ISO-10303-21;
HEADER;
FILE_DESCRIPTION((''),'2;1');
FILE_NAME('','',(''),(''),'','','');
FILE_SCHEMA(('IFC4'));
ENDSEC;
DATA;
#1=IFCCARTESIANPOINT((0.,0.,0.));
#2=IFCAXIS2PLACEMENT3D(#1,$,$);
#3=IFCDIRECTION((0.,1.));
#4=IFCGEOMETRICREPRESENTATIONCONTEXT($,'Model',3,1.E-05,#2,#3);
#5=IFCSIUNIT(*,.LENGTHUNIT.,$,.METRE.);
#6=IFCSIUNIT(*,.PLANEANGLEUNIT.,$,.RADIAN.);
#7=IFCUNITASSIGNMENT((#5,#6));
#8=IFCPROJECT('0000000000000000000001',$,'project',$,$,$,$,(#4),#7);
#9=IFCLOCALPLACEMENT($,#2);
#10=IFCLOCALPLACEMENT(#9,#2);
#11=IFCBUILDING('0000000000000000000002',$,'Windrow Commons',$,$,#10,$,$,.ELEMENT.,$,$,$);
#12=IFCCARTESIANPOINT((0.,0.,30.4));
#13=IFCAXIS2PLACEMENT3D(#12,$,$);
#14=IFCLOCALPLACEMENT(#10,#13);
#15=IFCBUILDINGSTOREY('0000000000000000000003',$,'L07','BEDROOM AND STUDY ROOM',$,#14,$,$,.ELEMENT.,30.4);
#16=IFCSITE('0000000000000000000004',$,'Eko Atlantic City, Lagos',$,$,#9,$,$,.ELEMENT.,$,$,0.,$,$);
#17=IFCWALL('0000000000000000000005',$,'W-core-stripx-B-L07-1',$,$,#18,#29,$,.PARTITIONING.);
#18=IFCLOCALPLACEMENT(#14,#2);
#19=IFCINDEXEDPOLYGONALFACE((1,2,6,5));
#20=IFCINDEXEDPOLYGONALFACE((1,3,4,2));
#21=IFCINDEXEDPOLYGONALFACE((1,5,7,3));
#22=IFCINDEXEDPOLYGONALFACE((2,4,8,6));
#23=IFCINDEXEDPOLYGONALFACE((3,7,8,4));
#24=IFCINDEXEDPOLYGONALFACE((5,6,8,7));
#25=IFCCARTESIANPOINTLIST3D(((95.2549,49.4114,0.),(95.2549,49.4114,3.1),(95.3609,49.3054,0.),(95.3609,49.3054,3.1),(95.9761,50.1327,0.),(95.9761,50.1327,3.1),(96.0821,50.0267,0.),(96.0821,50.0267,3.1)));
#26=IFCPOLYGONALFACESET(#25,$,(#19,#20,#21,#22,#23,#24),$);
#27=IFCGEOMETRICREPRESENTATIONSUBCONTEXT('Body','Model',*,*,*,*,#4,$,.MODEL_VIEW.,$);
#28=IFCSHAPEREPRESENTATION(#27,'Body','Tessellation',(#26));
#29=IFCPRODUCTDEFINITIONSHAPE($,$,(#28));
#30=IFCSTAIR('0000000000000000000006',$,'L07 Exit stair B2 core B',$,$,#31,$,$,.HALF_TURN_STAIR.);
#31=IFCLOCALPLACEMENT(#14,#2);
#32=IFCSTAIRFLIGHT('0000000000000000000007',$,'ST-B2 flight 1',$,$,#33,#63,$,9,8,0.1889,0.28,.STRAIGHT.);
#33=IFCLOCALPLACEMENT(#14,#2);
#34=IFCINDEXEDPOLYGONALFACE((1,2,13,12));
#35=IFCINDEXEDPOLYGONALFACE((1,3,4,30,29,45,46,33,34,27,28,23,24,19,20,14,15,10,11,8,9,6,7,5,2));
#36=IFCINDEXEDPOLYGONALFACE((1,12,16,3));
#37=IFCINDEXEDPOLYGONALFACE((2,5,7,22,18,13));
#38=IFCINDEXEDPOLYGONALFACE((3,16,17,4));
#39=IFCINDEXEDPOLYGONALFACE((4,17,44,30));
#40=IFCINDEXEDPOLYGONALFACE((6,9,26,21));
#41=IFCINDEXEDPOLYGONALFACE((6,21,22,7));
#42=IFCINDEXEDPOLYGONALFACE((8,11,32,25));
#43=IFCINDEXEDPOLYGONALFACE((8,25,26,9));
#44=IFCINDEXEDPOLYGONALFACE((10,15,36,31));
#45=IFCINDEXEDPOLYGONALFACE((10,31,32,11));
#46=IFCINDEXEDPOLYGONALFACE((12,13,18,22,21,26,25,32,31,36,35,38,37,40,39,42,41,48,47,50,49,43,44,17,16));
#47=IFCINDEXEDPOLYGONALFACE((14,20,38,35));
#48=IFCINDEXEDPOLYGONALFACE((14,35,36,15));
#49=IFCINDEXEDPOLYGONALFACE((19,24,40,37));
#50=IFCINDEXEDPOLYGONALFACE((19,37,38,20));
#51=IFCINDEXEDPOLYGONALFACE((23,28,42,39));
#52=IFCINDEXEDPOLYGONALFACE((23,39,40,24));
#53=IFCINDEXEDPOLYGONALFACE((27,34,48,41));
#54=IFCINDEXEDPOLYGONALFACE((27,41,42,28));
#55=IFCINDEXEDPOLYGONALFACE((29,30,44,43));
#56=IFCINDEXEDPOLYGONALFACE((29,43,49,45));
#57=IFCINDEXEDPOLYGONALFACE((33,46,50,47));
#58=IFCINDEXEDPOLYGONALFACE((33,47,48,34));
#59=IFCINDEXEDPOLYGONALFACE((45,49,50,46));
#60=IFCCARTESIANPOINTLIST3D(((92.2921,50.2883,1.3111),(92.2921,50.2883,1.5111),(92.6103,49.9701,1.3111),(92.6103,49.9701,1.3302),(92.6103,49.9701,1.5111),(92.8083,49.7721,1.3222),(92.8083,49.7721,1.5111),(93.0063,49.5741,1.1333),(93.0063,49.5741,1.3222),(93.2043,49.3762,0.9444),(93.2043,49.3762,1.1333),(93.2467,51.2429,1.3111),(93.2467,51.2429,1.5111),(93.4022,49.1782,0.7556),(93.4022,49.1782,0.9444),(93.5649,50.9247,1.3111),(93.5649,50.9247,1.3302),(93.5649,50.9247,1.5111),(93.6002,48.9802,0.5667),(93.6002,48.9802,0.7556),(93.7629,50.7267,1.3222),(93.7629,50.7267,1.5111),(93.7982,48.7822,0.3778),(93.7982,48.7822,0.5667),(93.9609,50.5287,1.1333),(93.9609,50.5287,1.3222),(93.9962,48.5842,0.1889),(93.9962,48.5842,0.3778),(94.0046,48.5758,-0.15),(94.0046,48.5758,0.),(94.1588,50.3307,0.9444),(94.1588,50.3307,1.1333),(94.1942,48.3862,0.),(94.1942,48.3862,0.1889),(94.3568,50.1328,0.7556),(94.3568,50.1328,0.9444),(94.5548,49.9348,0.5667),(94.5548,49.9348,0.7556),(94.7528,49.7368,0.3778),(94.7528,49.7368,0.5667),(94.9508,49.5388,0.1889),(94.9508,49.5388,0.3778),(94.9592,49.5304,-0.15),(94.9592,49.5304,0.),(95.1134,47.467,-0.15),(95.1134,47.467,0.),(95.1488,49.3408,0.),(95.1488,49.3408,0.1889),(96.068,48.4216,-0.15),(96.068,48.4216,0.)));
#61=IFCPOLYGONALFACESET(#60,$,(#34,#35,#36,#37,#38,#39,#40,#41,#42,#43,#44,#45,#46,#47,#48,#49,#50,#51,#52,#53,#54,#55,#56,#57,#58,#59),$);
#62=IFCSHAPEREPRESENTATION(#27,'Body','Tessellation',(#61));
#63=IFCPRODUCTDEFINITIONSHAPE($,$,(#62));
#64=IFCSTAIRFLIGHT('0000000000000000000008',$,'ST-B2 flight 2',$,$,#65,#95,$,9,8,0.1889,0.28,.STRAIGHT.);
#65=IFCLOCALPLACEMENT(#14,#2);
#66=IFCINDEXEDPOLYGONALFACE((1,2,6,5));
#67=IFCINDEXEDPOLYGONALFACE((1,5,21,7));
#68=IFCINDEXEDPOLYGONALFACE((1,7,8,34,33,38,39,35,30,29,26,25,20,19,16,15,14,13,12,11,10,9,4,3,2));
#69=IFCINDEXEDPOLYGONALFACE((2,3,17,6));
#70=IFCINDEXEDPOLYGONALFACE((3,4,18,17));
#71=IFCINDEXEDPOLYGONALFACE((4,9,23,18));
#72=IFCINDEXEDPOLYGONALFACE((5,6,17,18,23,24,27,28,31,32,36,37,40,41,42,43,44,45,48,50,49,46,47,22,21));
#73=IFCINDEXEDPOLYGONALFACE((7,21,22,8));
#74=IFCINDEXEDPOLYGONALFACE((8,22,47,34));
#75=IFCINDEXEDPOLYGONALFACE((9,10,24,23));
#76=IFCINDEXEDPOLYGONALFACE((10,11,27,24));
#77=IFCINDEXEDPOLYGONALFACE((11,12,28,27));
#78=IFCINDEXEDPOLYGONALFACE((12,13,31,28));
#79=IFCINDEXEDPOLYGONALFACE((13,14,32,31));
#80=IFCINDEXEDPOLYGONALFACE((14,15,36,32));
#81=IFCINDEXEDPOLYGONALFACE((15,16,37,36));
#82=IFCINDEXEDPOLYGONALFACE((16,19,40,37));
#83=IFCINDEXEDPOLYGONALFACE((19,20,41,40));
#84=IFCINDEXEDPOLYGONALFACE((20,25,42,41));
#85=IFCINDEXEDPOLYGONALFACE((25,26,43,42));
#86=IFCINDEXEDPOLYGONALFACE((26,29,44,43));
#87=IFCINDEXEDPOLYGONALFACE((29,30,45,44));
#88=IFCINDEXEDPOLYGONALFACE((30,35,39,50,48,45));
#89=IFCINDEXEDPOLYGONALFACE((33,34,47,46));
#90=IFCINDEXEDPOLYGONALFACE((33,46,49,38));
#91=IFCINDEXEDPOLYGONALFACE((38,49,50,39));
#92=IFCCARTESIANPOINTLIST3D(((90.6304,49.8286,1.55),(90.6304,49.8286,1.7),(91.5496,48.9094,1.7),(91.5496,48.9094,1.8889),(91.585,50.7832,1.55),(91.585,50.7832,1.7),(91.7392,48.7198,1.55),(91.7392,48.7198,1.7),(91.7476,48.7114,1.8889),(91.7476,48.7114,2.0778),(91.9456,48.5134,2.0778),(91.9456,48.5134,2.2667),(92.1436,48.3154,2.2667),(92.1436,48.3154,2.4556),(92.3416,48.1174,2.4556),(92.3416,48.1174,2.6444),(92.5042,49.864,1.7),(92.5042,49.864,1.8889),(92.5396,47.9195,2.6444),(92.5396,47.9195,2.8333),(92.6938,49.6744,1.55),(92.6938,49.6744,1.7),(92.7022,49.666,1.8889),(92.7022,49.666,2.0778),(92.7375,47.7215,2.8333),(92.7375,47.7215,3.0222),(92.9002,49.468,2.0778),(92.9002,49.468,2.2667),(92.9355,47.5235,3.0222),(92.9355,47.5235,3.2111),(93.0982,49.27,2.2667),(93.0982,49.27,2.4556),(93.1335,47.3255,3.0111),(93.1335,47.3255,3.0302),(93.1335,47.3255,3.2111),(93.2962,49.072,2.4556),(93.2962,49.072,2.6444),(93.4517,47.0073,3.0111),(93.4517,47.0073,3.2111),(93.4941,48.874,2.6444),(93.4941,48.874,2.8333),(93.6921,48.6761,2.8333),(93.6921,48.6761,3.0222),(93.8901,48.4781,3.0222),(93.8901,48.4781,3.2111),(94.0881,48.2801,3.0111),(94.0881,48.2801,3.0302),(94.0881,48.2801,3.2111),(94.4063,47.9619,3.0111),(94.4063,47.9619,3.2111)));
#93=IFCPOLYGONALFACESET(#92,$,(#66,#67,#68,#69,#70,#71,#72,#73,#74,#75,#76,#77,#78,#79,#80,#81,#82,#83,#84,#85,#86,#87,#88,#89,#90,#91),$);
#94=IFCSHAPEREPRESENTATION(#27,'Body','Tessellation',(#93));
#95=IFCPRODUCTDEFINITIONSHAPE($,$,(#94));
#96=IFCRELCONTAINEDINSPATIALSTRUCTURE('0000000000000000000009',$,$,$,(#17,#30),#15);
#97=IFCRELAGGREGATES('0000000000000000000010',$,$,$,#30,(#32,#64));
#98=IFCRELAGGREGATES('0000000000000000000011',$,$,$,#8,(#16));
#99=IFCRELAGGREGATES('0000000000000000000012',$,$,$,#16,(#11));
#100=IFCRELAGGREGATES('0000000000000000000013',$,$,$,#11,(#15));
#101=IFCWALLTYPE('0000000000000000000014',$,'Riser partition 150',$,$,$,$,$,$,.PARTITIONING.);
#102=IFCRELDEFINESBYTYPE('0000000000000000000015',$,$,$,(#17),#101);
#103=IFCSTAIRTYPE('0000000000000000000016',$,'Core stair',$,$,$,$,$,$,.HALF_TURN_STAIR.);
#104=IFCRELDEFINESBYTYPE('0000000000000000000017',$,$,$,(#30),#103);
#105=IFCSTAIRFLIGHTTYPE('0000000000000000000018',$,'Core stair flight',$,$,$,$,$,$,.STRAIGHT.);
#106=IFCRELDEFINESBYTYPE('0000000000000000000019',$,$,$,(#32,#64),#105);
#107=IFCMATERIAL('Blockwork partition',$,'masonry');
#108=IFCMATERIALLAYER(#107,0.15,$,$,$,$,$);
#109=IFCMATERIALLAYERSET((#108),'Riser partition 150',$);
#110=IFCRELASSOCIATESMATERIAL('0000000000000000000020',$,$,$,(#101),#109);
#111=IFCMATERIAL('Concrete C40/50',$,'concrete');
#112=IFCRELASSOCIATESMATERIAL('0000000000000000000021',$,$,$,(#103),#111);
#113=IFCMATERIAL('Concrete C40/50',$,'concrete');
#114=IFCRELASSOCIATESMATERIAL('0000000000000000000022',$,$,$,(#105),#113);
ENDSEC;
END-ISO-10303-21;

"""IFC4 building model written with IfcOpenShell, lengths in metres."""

from ifc_helpers import new_model, si_unit, direction, frame, frame_2d, origin, place, context, subcontext, project, spatial, polyline, rectangle, outline, extrude, material, layer, layer_set, type_object, element, aggregate, save


model = new_model("IFC4")

# Units and contexts
model_context = context("Model", 3, precision=1e-05, world=origin(), true_north=direction((0.0, 1.0)))
body_context = subcontext(model_context, "Body", "Model", "MODEL_VIEW")
ifc_project = project(units=[si_unit("LENGTHUNIT", "METRE"), si_unit("PLANEANGLEUNIT", "RADIAN")], contexts=[model_context])

# Site, building, storey
site_placement = place(None, origin())
site = spatial("IfcSite", under=ifc_project, at=site_placement, Name="Eko Atlantic City, Lagos", CompositionType="ELEMENT", RefElevation=0.0)
building_placement = place(site_placement, origin())
building = spatial("IfcBuilding", under=site, at=building_placement, Name="Windrow Commons", CompositionType="ELEMENT")
storey_placement = place(building_placement, frame((0.0, 0.0, 30.4)))
storey = spatial("IfcBuildingStorey", under=building, at=storey_placement, Name="L07", Description="BEDROOM AND STUDY ROOM", CompositionType="ELEMENT", Elevation=30.4)

# Wall
ifc_material_1 = material(Name="Blockwork partition", Category="masonry")
ifc_layer_1 = layer(ifc_material_1, 0.15)
ifc_layer_set_1 = layer_set([ifc_layer_1], Name="Riser partition 150")
wall_type_1 = type_object("IfcWallType", Name="Riser partition 150", PredefinedType="PARTITIONING", material=ifc_layer_set_1)
wall_1_placement = place(storey_placement, frame((95.3079, 49.3584, 0.0), z_axis=(0.0, 0.0, 1.0), x_axis=(0.707058, 0.707156, 0.0)))
element("IfcWall", 1, at=wall_1_placement, inside=storey, type_object=wall_type_1, Name="W-core-stripx-B-L07-1", PredefinedType="PARTITIONING", context=body_context, shape_type="SweptSolid", body=[
    extrude(rectangle(XDim=1.02, YDim=0.15, at=frame_2d((0.51, 0.0))), origin(), (0.0, 0.0, 1.0), 3.1),
])

# Stair, stair flights
ifc_material_2 = material(Name="Concrete C40/50", Category="concrete")
stair_type = type_object("IfcStairType", Name="Core stair", PredefinedType="HALF_TURN_STAIR", material=ifc_material_2)
stair_placement = place(storey_placement, origin())
stair = element("IfcStair", 2, at=stair_placement, inside=storey, type_object=stair_type, Name="L07 Exit stair B2 core B", PredefinedType="HALF_TURN_STAIR")
ifc_material_3 = material(Name="Concrete C40/50", Category="concrete")
stair_flight_type = type_object("IfcStairFlightType", Name="Core stair flight", PredefinedType="STRAIGHT", material=ifc_material_3)
stair_flight_1_placement = place(storey_placement, frame((94.6715, 48.8635, 0.0), z_axis=(0.0, 0.0, 1.0), x_axis=(-0.707107, 0.707107, 0.0)))
stair_flight_1 = element("IfcStairFlight", 3, at=stair_flight_1_placement, type_object=stair_flight_type, Name="ST-B2 flight 1", NumberOfRisers=9, NumberOfTreads=8, PredefinedType="STRAIGHT", RiserHeight=0.1889, TreadLength=0.28, context=body_context, shape_type="SweptSolid", body=[
    extrude(outline(polyline([(-1.3, -0.15), (-1.3, 0.0), (0.0, 0.0), (0.0, 0.1889), (0.28, 0.1889), (0.28, 0.3778), (0.56, 0.3778), (0.56, 0.5667), (0.84, 0.5667), (0.84, 0.7556), (1.12, 0.7556), (1.12, 0.9444), (1.4, 0.9444), (1.4, 1.1333), (1.68, 1.1333), (1.68, 1.3222), (1.96, 1.3222), (1.96, 1.5111), (2.24, 1.5111), (2.69, 1.5111), (2.69, 1.3111), (2.24, 1.3111), (2.24, 1.3302), (0.2682, 0.0), (0.2682, -0.15), (-1.3, -0.15)])), frame((0.0, 0.675, 0.0), z_axis=(0.0, -1.0, 0.0), x_axis=(1.0, 0.0, 0.0)), (0.0, 0.0, 1.0), 1.35),
])
stair_flight_2_placement = place(storey_placement, frame((92.0269, 49.3867, 1.7), z_axis=(0.0, 0.0, 1.0), x_axis=(0.707107, -0.707107, 0.0)))
stair_flight_2 = element("IfcStairFlight", 4, at=stair_flight_2_placement, type_object=stair_flight_type, Name="ST-B2 flight 2", NumberOfRisers=9, NumberOfTreads=8, PredefinedType="STRAIGHT", RiserHeight=0.1889, TreadLength=0.28, context=body_context, shape_type="SweptSolid", body=[
    extrude(outline(polyline([(-1.3, -0.15), (-1.3, 0.0), (0.0, 0.0), (0.0, 0.1889), (0.28, 0.1889), (0.28, 0.3778), (0.56, 0.3778), (0.56, 0.5667), (0.84, 0.5667), (0.84, 0.7556), (1.12, 0.7556), (1.12, 0.9444), (1.4, 0.9444), (1.4, 1.1333), (1.68, 1.1333), (1.68, 1.3222), (1.96, 1.3222), (1.96, 1.5111), (2.24, 1.5111), (2.69, 1.5111), (2.69, 1.3111), (2.24, 1.3111), (2.24, 1.3302), (0.2682, 0.0), (0.2682, -0.15), (-1.3, -0.15)])), frame((0.0, 0.675, 0.0), z_axis=(0.0, -1.0, 0.0), x_axis=(1.0, 0.0, 0.0)), (0.0, 0.0, 1.0), 1.35),
])
aggregate(stair, [stair_flight_1, stair_flight_2])

save(model, "model.ifc")
